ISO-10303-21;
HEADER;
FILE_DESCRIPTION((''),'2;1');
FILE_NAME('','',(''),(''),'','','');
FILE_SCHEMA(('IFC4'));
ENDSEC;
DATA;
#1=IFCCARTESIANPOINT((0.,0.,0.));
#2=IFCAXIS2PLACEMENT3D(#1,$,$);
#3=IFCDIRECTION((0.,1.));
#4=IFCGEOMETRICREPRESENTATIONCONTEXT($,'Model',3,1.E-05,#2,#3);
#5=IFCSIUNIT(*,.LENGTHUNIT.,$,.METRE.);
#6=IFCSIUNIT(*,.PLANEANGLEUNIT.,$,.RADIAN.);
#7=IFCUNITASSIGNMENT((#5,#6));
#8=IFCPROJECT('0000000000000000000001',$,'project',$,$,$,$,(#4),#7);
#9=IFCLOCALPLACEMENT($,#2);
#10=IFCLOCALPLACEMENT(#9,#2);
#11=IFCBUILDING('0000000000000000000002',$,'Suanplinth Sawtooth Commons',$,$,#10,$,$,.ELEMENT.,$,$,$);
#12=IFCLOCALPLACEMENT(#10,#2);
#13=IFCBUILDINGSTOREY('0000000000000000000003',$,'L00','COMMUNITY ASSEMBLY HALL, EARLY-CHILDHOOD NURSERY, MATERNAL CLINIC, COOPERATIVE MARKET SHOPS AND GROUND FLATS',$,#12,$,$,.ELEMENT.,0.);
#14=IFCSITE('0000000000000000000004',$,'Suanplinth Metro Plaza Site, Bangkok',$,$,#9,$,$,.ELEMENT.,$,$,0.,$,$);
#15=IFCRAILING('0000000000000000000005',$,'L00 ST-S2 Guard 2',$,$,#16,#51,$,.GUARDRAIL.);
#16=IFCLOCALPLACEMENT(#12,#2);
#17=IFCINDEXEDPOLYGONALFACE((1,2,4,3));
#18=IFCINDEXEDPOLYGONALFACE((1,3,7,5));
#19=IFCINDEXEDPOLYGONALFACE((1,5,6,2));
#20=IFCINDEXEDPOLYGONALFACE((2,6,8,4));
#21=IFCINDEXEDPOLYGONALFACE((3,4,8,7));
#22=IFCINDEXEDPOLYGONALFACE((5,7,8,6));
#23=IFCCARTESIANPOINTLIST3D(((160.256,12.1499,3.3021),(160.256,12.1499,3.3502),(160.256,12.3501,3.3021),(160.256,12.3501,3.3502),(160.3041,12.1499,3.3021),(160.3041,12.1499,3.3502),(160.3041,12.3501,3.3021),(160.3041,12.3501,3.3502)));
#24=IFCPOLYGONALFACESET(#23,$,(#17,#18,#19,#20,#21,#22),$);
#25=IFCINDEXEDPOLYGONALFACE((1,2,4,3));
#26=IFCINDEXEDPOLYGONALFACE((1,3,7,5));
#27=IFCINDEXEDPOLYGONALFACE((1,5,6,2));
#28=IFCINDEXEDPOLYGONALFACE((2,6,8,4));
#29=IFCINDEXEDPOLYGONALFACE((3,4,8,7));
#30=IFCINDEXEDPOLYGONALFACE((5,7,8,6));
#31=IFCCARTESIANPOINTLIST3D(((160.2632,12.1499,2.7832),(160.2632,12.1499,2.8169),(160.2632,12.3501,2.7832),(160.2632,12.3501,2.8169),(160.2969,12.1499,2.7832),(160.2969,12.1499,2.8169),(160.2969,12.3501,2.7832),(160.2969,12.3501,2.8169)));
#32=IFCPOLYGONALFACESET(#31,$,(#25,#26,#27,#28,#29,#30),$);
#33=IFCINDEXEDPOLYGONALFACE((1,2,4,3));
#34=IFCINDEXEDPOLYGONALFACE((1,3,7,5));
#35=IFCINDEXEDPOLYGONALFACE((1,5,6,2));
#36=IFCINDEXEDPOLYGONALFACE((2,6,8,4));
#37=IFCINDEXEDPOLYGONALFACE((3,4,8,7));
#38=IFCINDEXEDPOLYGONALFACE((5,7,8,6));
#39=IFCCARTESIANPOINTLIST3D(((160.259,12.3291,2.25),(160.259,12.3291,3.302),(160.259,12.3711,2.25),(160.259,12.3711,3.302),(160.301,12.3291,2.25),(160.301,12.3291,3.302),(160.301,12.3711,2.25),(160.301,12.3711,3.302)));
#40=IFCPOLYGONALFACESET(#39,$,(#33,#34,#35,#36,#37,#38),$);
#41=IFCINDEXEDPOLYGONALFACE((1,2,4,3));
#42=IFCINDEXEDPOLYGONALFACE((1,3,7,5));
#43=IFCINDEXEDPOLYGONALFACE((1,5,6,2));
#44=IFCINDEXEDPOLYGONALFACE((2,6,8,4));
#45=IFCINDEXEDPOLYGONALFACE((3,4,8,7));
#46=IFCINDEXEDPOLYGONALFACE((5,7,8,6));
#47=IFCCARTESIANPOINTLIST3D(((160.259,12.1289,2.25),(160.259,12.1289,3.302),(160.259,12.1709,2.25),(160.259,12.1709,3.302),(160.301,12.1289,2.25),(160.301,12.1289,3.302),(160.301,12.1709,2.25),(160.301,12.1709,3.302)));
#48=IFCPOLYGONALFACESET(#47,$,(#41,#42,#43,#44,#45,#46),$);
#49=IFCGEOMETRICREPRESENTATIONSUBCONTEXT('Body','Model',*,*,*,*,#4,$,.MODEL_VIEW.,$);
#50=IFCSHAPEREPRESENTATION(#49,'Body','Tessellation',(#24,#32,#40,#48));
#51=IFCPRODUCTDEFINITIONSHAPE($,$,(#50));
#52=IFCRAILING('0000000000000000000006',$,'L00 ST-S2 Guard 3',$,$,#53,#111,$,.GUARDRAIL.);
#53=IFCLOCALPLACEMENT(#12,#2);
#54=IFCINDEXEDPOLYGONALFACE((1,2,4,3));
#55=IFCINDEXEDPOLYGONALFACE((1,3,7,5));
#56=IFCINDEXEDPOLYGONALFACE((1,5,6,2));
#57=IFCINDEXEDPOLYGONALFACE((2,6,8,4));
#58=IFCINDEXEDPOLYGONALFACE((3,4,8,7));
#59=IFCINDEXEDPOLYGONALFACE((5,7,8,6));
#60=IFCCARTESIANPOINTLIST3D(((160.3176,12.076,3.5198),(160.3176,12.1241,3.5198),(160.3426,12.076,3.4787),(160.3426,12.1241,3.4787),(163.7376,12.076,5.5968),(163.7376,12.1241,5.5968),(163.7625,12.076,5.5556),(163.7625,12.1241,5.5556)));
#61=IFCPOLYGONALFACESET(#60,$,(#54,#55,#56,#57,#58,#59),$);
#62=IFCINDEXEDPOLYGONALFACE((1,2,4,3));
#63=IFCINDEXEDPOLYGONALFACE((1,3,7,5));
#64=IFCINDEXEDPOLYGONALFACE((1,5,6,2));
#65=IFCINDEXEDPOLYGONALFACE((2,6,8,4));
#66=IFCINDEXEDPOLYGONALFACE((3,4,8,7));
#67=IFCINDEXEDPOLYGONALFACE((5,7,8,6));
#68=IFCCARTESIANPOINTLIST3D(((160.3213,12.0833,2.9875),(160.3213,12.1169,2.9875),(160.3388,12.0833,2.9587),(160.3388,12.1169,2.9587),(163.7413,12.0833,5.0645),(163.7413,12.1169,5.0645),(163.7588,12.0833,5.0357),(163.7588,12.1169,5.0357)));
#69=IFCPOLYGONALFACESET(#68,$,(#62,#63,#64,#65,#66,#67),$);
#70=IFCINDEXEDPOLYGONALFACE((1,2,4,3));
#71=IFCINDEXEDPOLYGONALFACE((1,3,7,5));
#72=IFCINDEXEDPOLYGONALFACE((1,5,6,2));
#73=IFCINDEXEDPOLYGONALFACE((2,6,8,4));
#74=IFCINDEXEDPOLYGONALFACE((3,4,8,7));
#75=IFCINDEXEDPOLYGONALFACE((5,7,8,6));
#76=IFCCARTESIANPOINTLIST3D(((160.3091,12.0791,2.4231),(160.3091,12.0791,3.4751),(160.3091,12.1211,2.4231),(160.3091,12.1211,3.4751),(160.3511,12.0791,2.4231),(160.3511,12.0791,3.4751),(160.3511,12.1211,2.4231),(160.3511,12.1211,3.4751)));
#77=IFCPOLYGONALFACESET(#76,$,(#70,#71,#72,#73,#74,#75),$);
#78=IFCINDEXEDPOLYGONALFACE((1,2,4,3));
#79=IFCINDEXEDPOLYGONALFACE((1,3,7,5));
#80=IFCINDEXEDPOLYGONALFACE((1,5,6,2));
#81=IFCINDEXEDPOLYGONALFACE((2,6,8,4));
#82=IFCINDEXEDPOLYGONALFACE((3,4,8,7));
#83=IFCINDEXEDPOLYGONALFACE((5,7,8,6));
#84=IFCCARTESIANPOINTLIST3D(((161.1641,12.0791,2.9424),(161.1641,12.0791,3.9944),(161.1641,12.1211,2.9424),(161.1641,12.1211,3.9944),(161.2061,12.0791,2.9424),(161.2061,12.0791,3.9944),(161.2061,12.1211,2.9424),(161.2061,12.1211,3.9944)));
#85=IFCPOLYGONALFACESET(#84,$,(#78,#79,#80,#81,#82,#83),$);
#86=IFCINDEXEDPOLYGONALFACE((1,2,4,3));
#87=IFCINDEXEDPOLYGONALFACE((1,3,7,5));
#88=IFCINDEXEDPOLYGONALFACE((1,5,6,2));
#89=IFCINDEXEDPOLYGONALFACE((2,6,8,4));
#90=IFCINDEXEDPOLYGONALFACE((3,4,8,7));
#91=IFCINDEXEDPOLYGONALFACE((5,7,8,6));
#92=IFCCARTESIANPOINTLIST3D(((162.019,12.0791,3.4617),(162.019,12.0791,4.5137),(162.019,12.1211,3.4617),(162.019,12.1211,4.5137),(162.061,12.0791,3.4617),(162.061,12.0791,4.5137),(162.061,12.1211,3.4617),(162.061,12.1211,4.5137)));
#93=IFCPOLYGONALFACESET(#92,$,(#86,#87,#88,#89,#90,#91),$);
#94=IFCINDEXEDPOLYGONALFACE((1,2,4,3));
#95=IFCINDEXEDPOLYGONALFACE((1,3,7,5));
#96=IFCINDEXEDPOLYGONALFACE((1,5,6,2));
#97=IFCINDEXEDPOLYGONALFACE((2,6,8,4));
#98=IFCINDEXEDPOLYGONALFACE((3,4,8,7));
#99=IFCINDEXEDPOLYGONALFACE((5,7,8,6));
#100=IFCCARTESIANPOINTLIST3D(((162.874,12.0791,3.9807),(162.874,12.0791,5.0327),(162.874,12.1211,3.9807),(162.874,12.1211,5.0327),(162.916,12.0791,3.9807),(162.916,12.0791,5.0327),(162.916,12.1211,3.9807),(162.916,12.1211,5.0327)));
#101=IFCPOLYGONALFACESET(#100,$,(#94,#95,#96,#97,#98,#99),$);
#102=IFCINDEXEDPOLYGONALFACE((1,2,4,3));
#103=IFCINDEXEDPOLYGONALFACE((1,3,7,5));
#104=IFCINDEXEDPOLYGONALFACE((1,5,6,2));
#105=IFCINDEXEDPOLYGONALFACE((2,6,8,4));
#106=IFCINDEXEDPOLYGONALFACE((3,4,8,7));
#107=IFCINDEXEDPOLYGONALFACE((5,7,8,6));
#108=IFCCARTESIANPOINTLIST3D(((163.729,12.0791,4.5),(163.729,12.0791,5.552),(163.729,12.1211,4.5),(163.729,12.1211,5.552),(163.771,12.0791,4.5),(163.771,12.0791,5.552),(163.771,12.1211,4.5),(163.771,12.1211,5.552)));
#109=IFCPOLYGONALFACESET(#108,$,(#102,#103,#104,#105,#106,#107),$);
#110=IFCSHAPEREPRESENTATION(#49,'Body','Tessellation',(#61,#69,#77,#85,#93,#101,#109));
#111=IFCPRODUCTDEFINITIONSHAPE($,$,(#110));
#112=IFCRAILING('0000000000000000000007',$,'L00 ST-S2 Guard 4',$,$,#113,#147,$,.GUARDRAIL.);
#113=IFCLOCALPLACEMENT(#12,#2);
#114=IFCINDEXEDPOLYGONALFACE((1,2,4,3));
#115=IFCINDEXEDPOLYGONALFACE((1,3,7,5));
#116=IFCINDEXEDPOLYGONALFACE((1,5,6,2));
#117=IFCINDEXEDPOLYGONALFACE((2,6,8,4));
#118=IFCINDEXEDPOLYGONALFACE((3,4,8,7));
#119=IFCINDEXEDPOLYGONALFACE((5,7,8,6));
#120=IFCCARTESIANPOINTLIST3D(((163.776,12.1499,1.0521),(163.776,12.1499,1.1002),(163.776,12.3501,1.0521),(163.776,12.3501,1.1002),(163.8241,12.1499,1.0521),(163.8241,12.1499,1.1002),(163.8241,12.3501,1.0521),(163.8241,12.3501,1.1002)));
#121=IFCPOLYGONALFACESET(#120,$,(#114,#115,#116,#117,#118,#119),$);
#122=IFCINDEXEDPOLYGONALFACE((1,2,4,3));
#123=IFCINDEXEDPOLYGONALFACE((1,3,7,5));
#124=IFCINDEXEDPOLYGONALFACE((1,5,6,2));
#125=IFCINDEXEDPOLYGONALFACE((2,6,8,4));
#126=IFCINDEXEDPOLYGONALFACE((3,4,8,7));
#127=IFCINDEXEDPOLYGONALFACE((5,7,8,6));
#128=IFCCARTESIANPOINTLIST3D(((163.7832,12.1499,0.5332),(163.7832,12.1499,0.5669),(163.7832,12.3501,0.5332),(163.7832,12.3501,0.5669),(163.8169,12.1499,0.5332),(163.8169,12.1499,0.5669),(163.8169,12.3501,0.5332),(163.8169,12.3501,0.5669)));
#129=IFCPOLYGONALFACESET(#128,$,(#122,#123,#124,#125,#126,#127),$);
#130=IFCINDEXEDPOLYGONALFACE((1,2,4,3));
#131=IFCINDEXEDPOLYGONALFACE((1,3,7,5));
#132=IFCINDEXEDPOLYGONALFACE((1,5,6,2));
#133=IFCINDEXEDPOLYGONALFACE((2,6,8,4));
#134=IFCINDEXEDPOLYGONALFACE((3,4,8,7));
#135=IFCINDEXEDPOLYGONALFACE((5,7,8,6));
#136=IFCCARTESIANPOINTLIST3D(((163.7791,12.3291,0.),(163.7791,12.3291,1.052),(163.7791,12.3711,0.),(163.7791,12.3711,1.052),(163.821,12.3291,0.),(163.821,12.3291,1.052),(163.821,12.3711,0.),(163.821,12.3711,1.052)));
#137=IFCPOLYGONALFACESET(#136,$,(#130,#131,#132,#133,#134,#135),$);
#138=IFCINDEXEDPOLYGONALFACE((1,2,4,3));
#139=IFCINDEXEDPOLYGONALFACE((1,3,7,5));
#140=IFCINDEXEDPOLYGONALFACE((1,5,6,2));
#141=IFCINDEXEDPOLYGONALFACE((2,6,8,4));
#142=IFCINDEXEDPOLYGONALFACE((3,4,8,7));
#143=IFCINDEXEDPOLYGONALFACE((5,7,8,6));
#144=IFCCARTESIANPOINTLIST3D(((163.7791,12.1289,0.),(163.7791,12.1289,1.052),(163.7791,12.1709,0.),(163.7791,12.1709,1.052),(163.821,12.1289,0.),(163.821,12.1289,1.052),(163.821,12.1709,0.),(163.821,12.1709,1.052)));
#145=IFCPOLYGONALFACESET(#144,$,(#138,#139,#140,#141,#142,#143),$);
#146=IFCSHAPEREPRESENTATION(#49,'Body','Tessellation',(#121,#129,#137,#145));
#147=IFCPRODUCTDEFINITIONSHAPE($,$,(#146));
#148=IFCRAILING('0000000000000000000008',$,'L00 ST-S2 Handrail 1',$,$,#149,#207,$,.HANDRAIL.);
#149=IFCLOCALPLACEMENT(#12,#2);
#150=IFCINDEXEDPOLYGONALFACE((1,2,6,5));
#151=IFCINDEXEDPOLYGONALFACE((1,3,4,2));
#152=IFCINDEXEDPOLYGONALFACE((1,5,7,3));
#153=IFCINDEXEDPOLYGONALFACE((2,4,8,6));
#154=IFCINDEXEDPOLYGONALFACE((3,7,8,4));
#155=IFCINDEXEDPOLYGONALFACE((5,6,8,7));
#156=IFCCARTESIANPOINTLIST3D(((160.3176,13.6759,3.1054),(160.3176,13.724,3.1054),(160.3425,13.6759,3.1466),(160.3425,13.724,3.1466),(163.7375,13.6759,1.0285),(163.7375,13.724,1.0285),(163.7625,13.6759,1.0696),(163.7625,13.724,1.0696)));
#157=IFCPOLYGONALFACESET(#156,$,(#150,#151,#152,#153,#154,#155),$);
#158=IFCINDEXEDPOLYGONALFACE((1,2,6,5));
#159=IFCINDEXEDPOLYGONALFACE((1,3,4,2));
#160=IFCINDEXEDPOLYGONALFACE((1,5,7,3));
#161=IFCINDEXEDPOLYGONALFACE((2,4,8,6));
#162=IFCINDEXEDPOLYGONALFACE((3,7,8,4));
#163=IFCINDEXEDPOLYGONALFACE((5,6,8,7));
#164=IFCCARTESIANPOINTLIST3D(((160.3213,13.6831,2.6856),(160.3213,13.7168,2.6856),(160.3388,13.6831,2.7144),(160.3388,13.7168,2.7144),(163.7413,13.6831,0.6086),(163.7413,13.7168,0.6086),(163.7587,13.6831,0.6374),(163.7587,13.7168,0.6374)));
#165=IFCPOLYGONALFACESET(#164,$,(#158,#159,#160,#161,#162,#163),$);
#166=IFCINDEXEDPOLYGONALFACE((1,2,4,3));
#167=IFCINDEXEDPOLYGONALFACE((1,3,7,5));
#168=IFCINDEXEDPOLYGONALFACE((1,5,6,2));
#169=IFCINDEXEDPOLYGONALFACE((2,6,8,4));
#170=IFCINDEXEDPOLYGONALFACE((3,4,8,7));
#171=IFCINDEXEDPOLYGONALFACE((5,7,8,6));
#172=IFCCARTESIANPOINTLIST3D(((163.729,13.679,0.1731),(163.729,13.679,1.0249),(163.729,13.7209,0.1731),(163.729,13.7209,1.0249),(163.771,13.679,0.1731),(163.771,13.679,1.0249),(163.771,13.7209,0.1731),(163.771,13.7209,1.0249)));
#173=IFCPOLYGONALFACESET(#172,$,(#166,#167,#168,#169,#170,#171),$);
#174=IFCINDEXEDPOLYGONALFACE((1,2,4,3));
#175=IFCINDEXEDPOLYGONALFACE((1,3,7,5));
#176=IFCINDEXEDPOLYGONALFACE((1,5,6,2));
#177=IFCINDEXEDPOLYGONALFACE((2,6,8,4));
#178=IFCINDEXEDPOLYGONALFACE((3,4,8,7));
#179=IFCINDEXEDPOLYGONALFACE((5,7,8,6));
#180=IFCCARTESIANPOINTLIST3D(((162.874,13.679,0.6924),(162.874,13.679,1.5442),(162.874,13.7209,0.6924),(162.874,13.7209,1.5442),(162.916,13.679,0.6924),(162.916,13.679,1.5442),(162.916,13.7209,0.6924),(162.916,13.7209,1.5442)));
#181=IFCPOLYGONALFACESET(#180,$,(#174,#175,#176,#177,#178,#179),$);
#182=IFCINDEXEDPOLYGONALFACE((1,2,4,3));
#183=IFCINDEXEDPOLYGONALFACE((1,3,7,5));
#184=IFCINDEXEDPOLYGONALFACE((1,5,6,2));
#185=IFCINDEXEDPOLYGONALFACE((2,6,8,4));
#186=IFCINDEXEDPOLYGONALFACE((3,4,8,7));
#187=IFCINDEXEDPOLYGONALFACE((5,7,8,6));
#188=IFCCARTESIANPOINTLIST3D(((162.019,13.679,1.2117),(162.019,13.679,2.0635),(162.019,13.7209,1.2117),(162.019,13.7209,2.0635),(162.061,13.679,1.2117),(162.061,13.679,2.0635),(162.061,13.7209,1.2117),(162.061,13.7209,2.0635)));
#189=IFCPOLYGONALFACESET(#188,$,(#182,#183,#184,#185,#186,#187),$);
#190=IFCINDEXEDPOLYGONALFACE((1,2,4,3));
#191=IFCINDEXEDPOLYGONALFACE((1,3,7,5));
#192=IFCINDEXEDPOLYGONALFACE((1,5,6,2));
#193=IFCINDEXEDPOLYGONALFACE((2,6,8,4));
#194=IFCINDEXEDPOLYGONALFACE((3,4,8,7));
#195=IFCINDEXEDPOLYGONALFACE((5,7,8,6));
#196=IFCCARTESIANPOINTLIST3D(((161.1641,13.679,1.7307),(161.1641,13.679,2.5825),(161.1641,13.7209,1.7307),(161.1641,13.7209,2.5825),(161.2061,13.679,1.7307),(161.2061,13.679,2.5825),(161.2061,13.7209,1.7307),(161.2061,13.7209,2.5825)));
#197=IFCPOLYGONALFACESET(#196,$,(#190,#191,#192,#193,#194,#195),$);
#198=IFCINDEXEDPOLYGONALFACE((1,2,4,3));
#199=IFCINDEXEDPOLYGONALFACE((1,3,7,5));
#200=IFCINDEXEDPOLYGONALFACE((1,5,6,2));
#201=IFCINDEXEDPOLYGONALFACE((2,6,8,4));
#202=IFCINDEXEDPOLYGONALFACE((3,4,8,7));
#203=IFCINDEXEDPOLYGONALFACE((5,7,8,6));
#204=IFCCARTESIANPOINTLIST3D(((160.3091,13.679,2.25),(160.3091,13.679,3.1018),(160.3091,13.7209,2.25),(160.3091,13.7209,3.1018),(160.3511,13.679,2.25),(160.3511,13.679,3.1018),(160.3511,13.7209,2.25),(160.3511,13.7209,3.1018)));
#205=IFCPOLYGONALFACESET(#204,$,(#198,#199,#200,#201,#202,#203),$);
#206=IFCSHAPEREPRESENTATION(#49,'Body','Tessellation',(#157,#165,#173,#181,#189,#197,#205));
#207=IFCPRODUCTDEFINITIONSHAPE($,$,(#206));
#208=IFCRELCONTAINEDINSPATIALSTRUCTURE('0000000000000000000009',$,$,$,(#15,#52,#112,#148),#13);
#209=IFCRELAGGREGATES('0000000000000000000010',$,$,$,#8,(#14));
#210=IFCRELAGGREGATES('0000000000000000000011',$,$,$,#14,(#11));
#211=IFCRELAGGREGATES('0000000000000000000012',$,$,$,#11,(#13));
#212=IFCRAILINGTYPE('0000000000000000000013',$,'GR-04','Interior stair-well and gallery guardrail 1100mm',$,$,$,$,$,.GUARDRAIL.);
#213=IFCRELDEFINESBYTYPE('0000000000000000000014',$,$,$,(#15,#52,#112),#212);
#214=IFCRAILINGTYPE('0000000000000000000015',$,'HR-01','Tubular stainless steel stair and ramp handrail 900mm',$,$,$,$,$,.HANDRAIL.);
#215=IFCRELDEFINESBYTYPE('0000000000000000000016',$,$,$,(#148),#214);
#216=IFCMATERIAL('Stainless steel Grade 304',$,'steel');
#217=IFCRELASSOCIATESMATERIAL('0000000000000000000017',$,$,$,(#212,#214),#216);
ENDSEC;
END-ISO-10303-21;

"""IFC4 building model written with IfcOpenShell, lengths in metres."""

from ifc_helpers import new_model, si_unit, direction, frame, origin, origin_2d, place, context, subcontext, project, spatial, rectangle, extrude, material, type_object, element, save


model = new_model("IFC4")

# Units and contexts
model_context = context("Model", 3, precision=1e-05, world=origin(), true_north=direction((0.0, 1.0)))
body_context = subcontext(model_context, "Body", "Model", "MODEL_VIEW")
ifc_project = project(units=[si_unit("LENGTHUNIT", "METRE"), si_unit("PLANEANGLEUNIT", "RADIAN")], contexts=[model_context])

# Site, building, storey
site_placement = place(None, origin())
site = spatial("IfcSite", under=ifc_project, at=site_placement, Name="Suanplinth Metro Plaza Site, Bangkok", CompositionType="ELEMENT", RefElevation=0.0)
building_placement = place(site_placement, origin())
building = spatial("IfcBuilding", under=site, at=building_placement, Name="Suanplinth Sawtooth Commons", CompositionType="ELEMENT")
storey_placement = place(building_placement, origin())
storey = spatial("IfcBuildingStorey", under=building, at=storey_placement, Name="L00", Description="COMMUNITY ASSEMBLY HALL, EARLY-CHILDHOOD NURSERY, MATERNAL CLINIC, COOPERATIVE MARKET SHOPS AND GROUND FLATS", CompositionType="ELEMENT", Elevation=0.0)

# Railings
ifc_material_1 = material(Name="Stainless steel Grade 304", Category="steel")
railing_type_1 = type_object("IfcRailingType", Name="GR-04", Description="Interior stair-well and gallery guardrail 1100mm", PredefinedType="GUARDRAIL", material=ifc_material_1)
railing_1_placement = place(storey_placement, frame((160.28, 12.3501, 2.25)))
element("IfcRailing", 1, at=railing_1_placement, inside=storey, type_object=railing_type_1, Name="L00 ST-S2 Guard 2", PredefinedType="GUARDRAIL", context=body_context, shape_type="SweptSolid", body=[
    extrude(rectangle(XDim=0.0481, YDim=0.0481, at=origin_2d()), frame((0.0, 0.0, 1.0762), z_axis=(0.0, -1.0, 0.0), x_axis=(1.0, 0.0, 0.0)), (0.0, 0.0, 1.0), 0.2002),
    extrude(rectangle(XDim=0.0337, YDim=0.0337, at=origin_2d()), frame((0.0, 0.0, 0.55), z_axis=(0.0, -1.0, 0.0), x_axis=(1.0, 0.0, 0.0)), (0.0, 0.0, 1.0), 0.2002),
    extrude(rectangle(XDim=0.042, YDim=0.042, at=origin_2d()), origin(), (0.0, 0.0, 1.0), 1.052),
    extrude(rectangle(XDim=0.042, YDim=0.042, at=origin_2d()), frame((0.0, -0.2002, 0.0)), (0.0, 0.0, 1.0), 1.052),
])
railing_2_placement = place(storey_placement, frame((160.3301, 12.1001, 2.4231)))
element("IfcRailing", 2, at=railing_2_placement, inside=storey, type_object=railing_type_1, Name="L00 ST-S2 Guard 3", PredefinedType="GUARDRAIL", context=body_context, shape_type="SweptSolid", body=[
    extrude(rectangle(XDim=0.0481, YDim=0.0481, at=origin_2d()), frame((0.0, 0.0, 1.0762), z_axis=(0.85473, 0.0, 0.519074), x_axis=(0.0, 1.0, 0.0)), (0.0, 0.0, 1.0), 4.0012),
    extrude(rectangle(XDim=0.0337, YDim=0.0337, at=origin_2d()), frame((0.0, 0.0, 0.55), z_axis=(0.85473, 0.0, 0.519074), x_axis=(0.0, 1.0, 0.0)), (0.0, 0.0, 1.0), 4.0012),
    extrude(rectangle(XDim=0.042, YDim=0.042, at=origin_2d()), origin(), (0.0, 0.0, 1.0), 1.052),
    extrude(rectangle(XDim=0.042, YDim=0.042, at=origin_2d()), frame((0.855, 0.0, 0.5193)), (0.0, 0.0, 1.0), 1.052),
    extrude(rectangle(XDim=0.042, YDim=0.042, at=origin_2d()), frame((1.71, 0.0, 1.0386)), (0.0, 0.0, 1.0), 1.052),
    extrude(rectangle(XDim=0.042, YDim=0.042, at=origin_2d()), frame((2.5649, 0.0, 1.5576)), (0.0, 0.0, 1.0), 1.052),
    extrude(rectangle(XDim=0.042, YDim=0.042, at=origin_2d()), frame((3.4199, 0.0, 2.0769)), (0.0, 0.0, 1.0), 1.052),
])
railing_3_placement = place(storey_placement, frame((163.8, 12.3501, 0.0)))
element("IfcRailing", 3, at=railing_3_placement, inside=storey, type_object=railing_type_1, Name="L00 ST-S2 Guard 4", PredefinedType="GUARDRAIL", context=body_context, shape_type="SweptSolid", body=[
    extrude(rectangle(XDim=0.0481, YDim=0.0481, at=origin_2d()), frame((0.0, 0.0, 1.0762), z_axis=(0.0, -1.0, 0.0), x_axis=(1.0, 0.0, 0.0)), (0.0, 0.0, 1.0), 0.2002),
    extrude(rectangle(XDim=0.0337, YDim=0.0337, at=origin_2d()), frame((0.0, 0.0, 0.55), z_axis=(0.0, -1.0, 0.0), x_axis=(1.0, 0.0, 0.0)), (0.0, 0.0, 1.0), 0.2002),
    extrude(rectangle(XDim=0.042, YDim=0.042, at=origin_2d()), origin(), (0.0, 0.0, 1.0), 1.052),
    extrude(rectangle(XDim=0.042, YDim=0.042, at=origin_2d()), frame((0.0, -0.2002, 0.0)), (0.0, 0.0, 1.0), 1.052),
])
railing_type_2 = type_object("IfcRailingType", Name="HR-01", Description="Tubular stainless steel stair and ramp handrail 900mm", PredefinedType="HANDRAIL", material=ifc_material_1)
railing_4_placement = place(storey_placement, frame((163.75, 13.7, 0.1731)))
element("IfcRailing", 4, at=railing_4_placement, inside=storey, type_object=railing_type_2, Name="L00 ST-S2 Handrail 1", PredefinedType="HANDRAIL", context=body_context, shape_type="SweptSolid", body=[
    extrude(rectangle(XDim=0.0481, YDim=0.0481, at=origin_2d()), frame((0.0, 0.0, 0.876), z_axis=(-0.85473, 0.0, 0.519074), x_axis=(0.0, -1.0, 0.0)), (0.0, 0.0, 1.0), 4.0012),
    extrude(rectangle(XDim=0.0337, YDim=0.0337, at=origin_2d()), frame((0.0, 0.0, 0.45), z_axis=(-0.85473, 0.0, 0.519074), x_axis=(0.0, -1.0, 0.0)), (0.0, 0.0, 1.0), 4.0012),
    extrude(rectangle(XDim=0.042, YDim=0.042, at=origin_2d()), origin(), (0.0, 0.0, 1.0), 0.8518),
    extrude(rectangle(XDim=0.042, YDim=0.042, at=origin_2d()), frame((-0.855, 0.0, 0.5193)), (0.0, 0.0, 1.0), 0.8518),
    extrude(rectangle(XDim=0.042, YDim=0.042, at=origin_2d()), frame((-1.71, 0.0, 1.0386)), (0.0, 0.0, 1.0), 0.8518),
    extrude(rectangle(XDim=0.042, YDim=0.042, at=origin_2d()), frame((-2.5649, 0.0, 1.5576)), (0.0, 0.0, 1.0), 0.8518),
    extrude(rectangle(XDim=0.042, YDim=0.042, at=origin_2d()), frame((-3.4199, 0.0, 2.0769)), (0.0, 0.0, 1.0), 0.8518),
])

save(model, "model.ifc")
